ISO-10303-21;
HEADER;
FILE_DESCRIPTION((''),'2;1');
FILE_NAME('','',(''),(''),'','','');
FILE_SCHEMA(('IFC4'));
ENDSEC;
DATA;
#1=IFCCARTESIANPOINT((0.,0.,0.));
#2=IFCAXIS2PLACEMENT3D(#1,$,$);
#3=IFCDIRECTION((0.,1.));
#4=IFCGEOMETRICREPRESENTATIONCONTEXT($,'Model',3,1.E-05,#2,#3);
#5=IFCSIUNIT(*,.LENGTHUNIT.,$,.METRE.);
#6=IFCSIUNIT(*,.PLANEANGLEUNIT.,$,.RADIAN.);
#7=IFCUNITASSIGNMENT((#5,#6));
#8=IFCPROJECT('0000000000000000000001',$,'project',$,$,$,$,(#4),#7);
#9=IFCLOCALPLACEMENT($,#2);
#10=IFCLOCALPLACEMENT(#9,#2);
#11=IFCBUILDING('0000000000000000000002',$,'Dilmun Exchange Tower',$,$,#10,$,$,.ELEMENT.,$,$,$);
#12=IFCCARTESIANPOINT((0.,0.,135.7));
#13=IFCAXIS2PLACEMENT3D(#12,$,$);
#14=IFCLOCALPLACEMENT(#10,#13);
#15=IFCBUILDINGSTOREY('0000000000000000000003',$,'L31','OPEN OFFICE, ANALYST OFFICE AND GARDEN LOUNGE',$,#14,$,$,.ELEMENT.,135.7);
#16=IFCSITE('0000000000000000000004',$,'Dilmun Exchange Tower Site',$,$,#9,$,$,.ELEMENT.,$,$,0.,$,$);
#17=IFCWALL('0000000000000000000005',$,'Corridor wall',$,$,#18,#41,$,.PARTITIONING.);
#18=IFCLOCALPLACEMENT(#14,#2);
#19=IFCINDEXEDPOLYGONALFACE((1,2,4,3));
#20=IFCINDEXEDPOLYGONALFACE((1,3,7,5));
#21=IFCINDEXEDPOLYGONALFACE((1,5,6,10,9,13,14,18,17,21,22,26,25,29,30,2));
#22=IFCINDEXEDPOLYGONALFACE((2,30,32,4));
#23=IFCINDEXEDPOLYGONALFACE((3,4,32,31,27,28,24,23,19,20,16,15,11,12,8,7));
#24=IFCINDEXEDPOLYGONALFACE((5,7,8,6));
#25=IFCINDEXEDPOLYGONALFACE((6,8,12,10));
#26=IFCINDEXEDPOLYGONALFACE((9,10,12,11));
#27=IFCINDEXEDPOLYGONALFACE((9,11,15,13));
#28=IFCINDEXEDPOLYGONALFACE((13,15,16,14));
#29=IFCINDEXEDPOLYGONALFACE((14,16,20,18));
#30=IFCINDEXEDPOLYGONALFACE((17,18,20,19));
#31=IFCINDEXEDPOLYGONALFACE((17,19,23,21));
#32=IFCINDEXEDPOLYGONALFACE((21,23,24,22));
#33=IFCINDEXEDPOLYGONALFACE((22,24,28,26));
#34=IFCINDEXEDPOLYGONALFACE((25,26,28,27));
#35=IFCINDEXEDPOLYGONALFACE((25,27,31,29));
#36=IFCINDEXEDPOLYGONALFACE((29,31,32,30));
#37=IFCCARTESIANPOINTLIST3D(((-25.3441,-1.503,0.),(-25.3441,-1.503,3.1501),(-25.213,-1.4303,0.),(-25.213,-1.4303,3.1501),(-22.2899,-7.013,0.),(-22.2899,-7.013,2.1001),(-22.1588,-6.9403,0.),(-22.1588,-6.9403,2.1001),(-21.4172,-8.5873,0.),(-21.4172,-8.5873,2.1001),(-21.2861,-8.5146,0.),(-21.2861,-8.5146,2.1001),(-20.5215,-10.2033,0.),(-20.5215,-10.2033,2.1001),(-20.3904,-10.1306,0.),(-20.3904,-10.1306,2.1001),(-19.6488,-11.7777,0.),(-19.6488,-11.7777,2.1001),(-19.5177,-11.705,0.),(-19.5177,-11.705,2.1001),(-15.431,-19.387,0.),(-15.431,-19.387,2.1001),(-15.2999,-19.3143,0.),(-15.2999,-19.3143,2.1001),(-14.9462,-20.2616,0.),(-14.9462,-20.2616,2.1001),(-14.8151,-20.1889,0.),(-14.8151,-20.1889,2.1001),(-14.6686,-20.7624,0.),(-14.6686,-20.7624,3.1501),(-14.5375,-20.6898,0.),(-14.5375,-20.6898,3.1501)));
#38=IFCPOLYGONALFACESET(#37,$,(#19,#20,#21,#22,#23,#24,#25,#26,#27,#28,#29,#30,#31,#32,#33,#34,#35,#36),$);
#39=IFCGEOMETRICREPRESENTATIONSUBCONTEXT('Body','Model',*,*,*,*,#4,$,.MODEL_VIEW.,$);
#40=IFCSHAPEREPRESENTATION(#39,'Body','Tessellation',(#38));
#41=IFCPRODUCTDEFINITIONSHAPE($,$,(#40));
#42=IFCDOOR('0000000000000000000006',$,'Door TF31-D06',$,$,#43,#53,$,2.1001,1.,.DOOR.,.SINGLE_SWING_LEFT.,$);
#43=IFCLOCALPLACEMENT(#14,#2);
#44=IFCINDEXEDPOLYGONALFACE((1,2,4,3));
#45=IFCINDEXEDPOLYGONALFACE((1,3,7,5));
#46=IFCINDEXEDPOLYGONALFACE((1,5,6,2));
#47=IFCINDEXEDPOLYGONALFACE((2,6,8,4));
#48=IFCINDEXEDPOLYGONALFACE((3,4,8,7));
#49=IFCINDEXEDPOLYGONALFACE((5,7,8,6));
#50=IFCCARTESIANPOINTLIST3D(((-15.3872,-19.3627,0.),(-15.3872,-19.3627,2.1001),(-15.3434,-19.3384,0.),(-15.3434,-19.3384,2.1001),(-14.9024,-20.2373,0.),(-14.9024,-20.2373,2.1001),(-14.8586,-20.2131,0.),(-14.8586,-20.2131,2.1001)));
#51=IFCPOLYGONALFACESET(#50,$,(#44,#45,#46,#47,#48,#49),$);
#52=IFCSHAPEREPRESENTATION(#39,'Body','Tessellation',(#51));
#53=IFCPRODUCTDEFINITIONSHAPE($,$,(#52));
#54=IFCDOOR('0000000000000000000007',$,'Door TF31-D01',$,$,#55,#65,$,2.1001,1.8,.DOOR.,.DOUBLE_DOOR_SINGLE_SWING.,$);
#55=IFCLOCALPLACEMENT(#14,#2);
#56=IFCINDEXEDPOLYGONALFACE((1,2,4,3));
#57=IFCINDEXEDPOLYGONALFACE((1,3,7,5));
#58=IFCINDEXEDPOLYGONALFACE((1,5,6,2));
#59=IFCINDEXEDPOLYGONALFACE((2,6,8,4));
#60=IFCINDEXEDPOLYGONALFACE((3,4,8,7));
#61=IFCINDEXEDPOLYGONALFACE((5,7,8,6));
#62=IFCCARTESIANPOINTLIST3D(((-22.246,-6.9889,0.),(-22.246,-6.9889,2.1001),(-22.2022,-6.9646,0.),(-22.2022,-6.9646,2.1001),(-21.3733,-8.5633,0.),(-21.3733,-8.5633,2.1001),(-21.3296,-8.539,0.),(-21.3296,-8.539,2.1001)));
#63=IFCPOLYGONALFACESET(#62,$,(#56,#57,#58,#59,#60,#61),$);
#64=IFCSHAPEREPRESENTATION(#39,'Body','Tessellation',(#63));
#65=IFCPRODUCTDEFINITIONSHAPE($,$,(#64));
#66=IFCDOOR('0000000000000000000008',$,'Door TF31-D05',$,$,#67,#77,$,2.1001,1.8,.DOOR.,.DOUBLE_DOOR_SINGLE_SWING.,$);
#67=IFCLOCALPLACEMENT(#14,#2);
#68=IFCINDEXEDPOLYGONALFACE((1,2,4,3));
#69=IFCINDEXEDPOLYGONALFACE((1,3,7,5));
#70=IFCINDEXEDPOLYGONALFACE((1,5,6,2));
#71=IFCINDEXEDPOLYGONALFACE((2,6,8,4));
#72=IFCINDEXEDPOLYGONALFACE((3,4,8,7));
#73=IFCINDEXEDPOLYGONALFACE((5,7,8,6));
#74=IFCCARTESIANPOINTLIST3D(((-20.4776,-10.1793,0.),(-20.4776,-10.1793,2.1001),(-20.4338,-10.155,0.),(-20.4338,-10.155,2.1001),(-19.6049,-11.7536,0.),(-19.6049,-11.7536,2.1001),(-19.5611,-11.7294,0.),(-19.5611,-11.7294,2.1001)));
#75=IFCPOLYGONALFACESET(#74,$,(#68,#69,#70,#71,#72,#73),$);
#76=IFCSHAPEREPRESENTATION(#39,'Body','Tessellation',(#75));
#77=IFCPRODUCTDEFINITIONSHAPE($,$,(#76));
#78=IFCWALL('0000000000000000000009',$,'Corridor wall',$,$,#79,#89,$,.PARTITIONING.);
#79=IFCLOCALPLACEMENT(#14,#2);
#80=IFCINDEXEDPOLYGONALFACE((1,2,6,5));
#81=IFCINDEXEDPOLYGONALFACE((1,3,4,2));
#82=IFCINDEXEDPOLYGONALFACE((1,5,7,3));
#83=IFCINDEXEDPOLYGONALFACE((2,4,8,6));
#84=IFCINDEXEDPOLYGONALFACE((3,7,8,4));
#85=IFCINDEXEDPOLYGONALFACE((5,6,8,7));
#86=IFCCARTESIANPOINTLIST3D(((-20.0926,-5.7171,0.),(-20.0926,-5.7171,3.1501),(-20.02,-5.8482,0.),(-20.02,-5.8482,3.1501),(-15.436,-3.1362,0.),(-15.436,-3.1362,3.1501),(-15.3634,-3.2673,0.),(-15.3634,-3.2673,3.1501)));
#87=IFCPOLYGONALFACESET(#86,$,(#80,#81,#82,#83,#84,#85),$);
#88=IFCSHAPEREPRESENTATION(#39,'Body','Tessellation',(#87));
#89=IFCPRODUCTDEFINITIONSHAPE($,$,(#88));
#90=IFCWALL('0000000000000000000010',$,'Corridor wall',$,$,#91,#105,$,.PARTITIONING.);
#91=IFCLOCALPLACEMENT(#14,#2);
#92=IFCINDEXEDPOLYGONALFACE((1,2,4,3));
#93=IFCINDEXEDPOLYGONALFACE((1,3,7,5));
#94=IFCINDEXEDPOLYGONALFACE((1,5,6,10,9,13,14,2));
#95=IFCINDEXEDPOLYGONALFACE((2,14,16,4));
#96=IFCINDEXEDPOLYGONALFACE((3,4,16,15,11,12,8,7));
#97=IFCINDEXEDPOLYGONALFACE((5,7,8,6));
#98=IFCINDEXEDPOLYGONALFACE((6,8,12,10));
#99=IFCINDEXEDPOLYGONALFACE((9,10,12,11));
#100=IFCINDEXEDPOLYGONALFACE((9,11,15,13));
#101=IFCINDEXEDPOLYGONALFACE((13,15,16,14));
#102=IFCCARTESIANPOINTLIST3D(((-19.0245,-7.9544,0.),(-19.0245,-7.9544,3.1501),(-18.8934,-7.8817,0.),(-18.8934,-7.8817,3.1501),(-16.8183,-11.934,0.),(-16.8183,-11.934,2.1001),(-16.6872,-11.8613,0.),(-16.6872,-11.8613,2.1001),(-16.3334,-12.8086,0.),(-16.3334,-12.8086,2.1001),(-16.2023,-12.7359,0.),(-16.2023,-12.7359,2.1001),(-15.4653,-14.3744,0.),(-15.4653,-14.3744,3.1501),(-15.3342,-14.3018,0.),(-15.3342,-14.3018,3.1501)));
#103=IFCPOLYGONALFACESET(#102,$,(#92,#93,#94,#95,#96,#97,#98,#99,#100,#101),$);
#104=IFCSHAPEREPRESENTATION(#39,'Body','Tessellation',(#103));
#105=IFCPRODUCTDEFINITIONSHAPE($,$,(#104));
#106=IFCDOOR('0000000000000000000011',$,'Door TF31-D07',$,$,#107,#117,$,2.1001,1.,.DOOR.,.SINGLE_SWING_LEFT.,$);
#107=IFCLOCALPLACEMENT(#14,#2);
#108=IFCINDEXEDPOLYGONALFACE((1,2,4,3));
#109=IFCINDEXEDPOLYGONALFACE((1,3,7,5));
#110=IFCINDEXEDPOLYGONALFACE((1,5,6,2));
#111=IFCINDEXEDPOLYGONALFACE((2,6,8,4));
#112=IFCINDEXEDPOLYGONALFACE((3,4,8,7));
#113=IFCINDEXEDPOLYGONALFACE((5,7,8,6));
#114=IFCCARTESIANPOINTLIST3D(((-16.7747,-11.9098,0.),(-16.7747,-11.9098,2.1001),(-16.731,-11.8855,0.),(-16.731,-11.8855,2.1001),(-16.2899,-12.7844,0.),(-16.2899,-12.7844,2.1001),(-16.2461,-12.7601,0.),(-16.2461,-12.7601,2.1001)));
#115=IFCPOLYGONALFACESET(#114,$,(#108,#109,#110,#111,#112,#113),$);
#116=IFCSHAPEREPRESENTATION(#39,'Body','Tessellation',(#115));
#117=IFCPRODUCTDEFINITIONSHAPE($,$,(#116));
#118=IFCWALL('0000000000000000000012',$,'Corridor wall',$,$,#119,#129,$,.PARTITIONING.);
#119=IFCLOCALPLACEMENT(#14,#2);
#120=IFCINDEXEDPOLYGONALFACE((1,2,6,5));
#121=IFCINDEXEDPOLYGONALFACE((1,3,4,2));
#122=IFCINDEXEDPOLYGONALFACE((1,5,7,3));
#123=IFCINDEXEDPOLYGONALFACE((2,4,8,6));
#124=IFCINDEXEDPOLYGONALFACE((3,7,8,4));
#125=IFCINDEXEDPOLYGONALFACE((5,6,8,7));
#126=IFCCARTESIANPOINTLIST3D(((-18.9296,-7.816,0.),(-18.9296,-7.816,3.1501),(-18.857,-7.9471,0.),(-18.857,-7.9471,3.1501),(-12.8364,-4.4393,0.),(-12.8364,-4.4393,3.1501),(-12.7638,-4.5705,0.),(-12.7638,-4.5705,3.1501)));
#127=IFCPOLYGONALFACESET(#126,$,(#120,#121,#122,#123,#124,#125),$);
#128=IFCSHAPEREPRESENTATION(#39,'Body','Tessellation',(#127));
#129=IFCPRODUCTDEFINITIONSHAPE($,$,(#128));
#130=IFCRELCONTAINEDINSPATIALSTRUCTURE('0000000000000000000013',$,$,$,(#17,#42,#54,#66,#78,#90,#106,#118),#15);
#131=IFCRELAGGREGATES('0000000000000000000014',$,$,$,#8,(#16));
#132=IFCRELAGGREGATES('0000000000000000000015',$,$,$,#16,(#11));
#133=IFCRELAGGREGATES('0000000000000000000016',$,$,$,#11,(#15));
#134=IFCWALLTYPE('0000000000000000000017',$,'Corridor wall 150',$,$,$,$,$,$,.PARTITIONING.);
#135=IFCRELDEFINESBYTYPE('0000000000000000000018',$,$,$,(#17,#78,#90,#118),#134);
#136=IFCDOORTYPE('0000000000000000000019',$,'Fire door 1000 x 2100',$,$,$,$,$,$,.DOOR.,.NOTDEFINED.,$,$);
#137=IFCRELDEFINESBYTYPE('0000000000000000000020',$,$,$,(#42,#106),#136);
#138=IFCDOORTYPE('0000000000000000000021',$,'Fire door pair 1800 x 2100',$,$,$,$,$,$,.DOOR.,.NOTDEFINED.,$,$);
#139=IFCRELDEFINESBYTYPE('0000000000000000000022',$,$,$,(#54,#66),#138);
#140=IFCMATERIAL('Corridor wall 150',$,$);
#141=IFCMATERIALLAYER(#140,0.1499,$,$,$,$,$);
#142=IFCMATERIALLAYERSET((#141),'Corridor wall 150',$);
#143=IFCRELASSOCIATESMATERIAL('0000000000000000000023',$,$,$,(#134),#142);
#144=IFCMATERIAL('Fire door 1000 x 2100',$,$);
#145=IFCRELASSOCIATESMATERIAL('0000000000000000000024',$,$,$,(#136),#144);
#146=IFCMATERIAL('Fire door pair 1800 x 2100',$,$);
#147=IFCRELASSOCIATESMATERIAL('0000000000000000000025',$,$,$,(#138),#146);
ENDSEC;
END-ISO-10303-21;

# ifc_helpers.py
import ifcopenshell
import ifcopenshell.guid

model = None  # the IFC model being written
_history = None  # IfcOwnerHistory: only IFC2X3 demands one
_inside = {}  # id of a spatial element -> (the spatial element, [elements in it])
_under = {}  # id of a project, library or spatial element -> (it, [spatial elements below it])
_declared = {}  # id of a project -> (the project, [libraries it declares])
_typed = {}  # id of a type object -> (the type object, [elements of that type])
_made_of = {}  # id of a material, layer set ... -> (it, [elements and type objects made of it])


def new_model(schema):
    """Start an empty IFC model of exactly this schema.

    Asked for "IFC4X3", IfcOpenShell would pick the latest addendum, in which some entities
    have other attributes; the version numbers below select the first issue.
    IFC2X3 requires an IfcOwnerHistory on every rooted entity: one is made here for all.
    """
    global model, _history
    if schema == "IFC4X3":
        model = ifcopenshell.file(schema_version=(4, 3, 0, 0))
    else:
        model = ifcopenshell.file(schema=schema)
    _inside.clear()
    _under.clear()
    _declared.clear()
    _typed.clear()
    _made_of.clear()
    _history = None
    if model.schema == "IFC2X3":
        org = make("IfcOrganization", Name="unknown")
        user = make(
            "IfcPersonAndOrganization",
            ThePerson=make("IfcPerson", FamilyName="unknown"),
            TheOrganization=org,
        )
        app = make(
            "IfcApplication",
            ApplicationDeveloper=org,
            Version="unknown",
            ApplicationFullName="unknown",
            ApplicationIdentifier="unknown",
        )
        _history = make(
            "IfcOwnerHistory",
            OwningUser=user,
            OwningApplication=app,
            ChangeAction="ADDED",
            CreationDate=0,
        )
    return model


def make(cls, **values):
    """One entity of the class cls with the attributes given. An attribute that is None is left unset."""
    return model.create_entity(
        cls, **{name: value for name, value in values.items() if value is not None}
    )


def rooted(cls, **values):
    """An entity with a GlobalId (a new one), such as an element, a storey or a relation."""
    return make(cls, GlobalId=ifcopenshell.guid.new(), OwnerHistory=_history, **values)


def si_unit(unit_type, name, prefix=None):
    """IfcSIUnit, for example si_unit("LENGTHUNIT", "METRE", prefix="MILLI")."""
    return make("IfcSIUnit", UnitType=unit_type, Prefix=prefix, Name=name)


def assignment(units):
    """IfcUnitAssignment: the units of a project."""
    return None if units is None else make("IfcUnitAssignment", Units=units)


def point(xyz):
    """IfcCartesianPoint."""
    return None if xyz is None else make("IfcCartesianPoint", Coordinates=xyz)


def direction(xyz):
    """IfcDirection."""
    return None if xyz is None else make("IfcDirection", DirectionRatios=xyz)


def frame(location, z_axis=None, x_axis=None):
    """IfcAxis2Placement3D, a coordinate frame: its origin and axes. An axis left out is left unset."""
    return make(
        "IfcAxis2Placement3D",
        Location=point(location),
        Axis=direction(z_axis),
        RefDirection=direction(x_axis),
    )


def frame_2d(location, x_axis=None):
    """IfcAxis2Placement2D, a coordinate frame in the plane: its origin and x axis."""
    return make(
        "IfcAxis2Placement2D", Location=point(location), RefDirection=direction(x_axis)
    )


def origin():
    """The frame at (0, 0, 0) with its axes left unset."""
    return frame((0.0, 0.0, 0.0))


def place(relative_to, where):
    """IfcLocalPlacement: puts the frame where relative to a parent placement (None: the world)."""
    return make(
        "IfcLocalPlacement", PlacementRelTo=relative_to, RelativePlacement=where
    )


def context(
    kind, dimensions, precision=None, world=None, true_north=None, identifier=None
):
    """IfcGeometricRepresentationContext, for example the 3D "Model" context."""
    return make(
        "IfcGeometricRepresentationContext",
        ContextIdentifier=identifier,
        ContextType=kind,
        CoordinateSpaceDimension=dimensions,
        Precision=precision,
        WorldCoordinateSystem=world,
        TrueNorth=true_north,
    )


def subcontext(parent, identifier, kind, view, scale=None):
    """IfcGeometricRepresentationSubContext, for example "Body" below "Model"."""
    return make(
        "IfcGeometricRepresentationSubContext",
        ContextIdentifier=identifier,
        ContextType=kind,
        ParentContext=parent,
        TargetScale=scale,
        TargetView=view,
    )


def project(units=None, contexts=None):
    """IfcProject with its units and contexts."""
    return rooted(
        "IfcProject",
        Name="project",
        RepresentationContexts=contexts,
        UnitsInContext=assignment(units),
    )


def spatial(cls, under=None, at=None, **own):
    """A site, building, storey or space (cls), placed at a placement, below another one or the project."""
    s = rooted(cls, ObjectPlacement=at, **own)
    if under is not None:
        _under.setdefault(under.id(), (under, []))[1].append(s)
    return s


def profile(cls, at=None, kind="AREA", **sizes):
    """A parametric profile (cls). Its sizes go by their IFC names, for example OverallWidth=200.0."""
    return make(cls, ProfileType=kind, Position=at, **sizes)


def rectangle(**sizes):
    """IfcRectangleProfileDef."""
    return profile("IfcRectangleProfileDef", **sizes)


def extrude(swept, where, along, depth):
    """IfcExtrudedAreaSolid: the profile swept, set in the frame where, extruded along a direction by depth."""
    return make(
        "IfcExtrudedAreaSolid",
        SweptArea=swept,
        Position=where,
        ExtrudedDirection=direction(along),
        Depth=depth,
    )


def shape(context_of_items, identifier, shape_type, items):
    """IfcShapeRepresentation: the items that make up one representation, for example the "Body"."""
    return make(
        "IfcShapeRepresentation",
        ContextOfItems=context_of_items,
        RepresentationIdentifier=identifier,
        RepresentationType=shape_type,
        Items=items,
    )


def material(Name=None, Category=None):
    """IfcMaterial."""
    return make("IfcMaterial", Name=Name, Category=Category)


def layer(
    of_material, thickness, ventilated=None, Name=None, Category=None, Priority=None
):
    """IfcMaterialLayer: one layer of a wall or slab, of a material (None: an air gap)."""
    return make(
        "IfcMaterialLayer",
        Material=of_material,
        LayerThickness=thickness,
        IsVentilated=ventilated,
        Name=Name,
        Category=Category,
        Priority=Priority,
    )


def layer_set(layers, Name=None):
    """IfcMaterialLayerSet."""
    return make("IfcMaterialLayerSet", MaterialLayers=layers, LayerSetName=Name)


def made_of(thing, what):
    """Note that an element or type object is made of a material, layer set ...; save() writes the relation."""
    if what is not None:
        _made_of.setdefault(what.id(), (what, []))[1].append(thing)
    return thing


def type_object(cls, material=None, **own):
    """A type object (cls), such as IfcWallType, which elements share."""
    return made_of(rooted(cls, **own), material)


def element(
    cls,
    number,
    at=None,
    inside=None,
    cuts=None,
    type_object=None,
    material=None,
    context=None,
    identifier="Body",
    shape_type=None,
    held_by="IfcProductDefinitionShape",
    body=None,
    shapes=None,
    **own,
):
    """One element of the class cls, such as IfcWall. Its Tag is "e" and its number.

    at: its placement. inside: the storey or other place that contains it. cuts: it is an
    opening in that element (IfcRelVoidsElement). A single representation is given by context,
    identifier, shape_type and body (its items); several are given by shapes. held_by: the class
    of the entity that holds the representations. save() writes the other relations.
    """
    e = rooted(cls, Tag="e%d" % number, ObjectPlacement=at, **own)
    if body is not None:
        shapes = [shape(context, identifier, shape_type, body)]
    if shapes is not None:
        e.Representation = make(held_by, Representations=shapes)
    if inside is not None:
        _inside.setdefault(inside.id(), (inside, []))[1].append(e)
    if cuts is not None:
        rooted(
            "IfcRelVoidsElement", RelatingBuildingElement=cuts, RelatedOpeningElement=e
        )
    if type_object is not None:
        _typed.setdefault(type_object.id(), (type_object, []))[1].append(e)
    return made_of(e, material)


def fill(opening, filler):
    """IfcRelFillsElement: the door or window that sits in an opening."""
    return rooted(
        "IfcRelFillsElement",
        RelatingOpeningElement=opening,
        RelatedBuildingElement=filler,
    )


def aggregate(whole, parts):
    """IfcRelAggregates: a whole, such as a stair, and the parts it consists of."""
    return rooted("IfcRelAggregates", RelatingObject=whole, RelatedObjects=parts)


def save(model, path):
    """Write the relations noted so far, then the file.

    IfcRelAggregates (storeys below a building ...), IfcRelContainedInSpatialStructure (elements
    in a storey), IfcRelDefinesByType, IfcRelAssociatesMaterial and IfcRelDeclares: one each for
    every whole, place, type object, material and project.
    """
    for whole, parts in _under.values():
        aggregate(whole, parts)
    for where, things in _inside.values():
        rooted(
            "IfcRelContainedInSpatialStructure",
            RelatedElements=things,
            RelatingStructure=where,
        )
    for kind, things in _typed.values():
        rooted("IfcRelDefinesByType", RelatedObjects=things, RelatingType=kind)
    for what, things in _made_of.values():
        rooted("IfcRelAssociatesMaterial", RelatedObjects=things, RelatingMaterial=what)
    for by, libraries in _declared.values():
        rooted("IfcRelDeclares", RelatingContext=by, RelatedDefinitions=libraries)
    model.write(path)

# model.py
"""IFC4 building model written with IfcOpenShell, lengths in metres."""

from ifc_helpers import new_model, si_unit, direction, frame, frame_2d, origin, place, context, subcontext, project, spatial, rectangle, extrude, material, layer, layer_set, type_object, element, fill, save


model = new_model("IFC4")

# Units and contexts
model_context = context("Model", 3, precision=1e-05, world=origin(), true_north=direction((0.0, 1.0)))
body_context = subcontext(model_context, "Body", "Model", "MODEL_VIEW")
ifc_project = project(units=[si_unit("LENGTHUNIT", "METRE"), si_unit("PLANEANGLEUNIT", "RADIAN")], contexts=[model_context])

# Site, building, storey
site_placement = place(None, origin())
site = spatial("IfcSite", under=ifc_project, at=site_placement, Name="Dilmun Exchange Tower Site", CompositionType="ELEMENT", RefElevation=0.0)
building_placement = place(site_placement, origin())
building = spatial("IfcBuilding", under=site, at=building_placement, Name="Dilmun Exchange Tower", CompositionType="ELEMENT")
storey_placement = place(building_placement, frame((0.0, 0.0, 135.7)))
storey = spatial("IfcBuildingStorey", under=building, at=storey_placement, Name="L31", Description="OPEN OFFICE, ANALYST OFFICE AND GARDEN LOUNGE", CompositionType="ELEMENT", Elevation=135.7)

# Shared definitions
ifc_material_1 = material(Name="Corridor wall 150")
ifc_layer_1 = layer(ifc_material_1, 0.1499)
ifc_layer_set_1 = layer_set([ifc_layer_1], Name="Corridor wall 150")
wall_type_1 = type_object("IfcWallType", Name="Corridor wall 150", PredefinedType="PARTITIONING", material=ifc_layer_set_1)

# Wall, openings, doors
wall_1_placement = place(storey_placement, frame((-25.2786, -1.4666, 0.0), z_axis=(0.0, 0.0, 1.0), x_axis=(0.484803, -0.874623, 0.0)))
wall_1 = element("IfcWall", 1, at=wall_1_placement, inside=storey, type_object=wall_type_1, Name="Corridor wall", PredefinedType="PARTITIONING", context=body_context, shape_type="SweptSolid", body=[
    extrude(rectangle(XDim=22.0203, YDim=0.1499, at=frame_2d((11.0103, 0.0))), origin(), (0.0, 0.0, 1.0), 3.1501),
])
opening_1_placement = place(wall_1_placement, frame((6.3, 0.0, 0.0)))
opening_1 = element("IfcOpeningElement", 2, at=opening_1_placement, cuts=wall_1, PredefinedType="OPENING", context=body_context, shape_type="SweptSolid", body=[
    extrude(rectangle(XDim=1.8, YDim=2.1001, at=frame_2d((0.8999, 1.05))), frame((0.0, 0.085, 0.0), z_axis=(0.0, -1.0, 0.0), x_axis=(1.0, 0.0, 0.0)), (0.0, 0.0, 1.0), 0.1699),
])
opening_2_placement = place(wall_1_placement, frame((9.9478, 0.0, 0.0)))
opening_2 = element("IfcOpeningElement", 3, at=opening_2_placement, cuts=wall_1, PredefinedType="OPENING", context=body_context, shape_type="SweptSolid", body=[
    extrude(rectangle(XDim=1.8, YDim=2.1001, at=frame_2d((0.8999, 1.05))), frame((0.0, 0.085, 0.0), z_axis=(0.0, -1.0, 0.0), x_axis=(1.0, 0.0, 0.0)), (0.0, 0.0, 1.0), 0.1699),
])
opening_3_placement = place(wall_1_placement, frame((20.4478, 0.0, 0.0)))
opening_3 = element("IfcOpeningElement", 4, at=opening_3_placement, cuts=wall_1, PredefinedType="OPENING", context=body_context, shape_type="SweptSolid", body=[
    extrude(rectangle(XDim=1.0, YDim=2.1001, at=frame_2d((0.5, 1.05))), frame((0.0, 0.085, 0.0), z_axis=(0.0, -1.0, 0.0), x_axis=(1.0, 0.0, 0.0)), (0.0, 0.0, 1.0), 0.1699),
])
ifc_material_2 = material(Name="Fire door 1000 x 2100")
door_type_1 = type_object("IfcDoorType", Name="Fire door 1000 x 2100", OperationType="NOTDEFINED", PredefinedType="DOOR", material=ifc_material_2)
door_1_placement = place(opening_3_placement, frame((1.0, 0.0, 0.0), z_axis=(0.0, 0.0, 1.0), x_axis=(-1.0, 0.0, 0.0)))
door_1 = element("IfcDoor", 5, at=door_1_placement, inside=storey, type_object=door_type_1, Name="Door TF31-D06", OperationType="SINGLE_SWING_LEFT", OverallHeight=2.1001, OverallWidth=1.0, PredefinedType="DOOR", context=body_context, shape_type="SweptSolid", body=[
    extrude(rectangle(XDim=1.0, YDim=2.1001, at=frame_2d((0.5, 1.05))), frame((0.0, 0.0249, 0.0), z_axis=(0.0, -1.0, 0.0), x_axis=(1.0, 0.0, 0.0)), (0.0, 0.0, 1.0), 0.05),
])
fill(opening_3, door_1)
ifc_material_3 = material(Name="Fire door pair 1800 x 2100")
door_type_2 = type_object("IfcDoorType", Name="Fire door pair 1800 x 2100", OperationType="NOTDEFINED", PredefinedType="DOOR", material=ifc_material_3)
door_2_placement = place(opening_1_placement, frame((1.8, 0.0, 0.0), z_axis=(0.0, 0.0, 1.0), x_axis=(-1.0, 0.0, 0.0)))
door_2 = element("IfcDoor", 6, at=door_2_placement, inside=storey, type_object=door_type_2, Name="Door TF31-D01", OperationType="DOUBLE_DOOR_SINGLE_SWING", OverallHeight=2.1001, OverallWidth=1.8, PredefinedType="DOOR", context=body_context, shape_type="SweptSolid", body=[
    extrude(rectangle(XDim=1.8, YDim=2.1001, at=frame_2d((0.8999, 1.05))), frame((0.0, 0.0249, 0.0), z_axis=(0.0, -1.0, 0.0), x_axis=(1.0, 0.0, 0.0)), (0.0, 0.0, 1.0), 0.05),
])
fill(opening_1, door_2)
door_3_placement = place(opening_2_placement, frame((1.8, 0.0, 0.0), z_axis=(0.0, 0.0, 1.0), x_axis=(-1.0, 0.0, 0.0)))
door_3 = element("IfcDoor", 7, at=door_3_placement, inside=storey, type_object=door_type_2, Name="Door TF31-D05", OperationType="DOUBLE_DOOR_SINGLE_SWING", OverallHeight=2.1001, OverallWidth=1.8, PredefinedType="DOOR", context=body_context, shape_type="SweptSolid", body=[
    extrude(rectangle(XDim=1.8, YDim=2.1001, at=frame_2d((0.8999, 1.05))), frame((0.0, 0.0249, 0.0), z_axis=(0.0, -1.0, 0.0), x_axis=(1.0, 0.0, 0.0)), (0.0, 0.0, 1.0), 0.05),
])
fill(opening_2, door_3)

# Wall
wall_2_placement = place(storey_placement, frame((-20.0564, -5.7827, 0.0), z_axis=(0.0, 0.0, 1.0), x_axis=(0.874646, 0.484763, 0.0)))
element("IfcWall", 8, at=wall_2_placement, inside=storey, type_object=wall_type_1, Name="Corridor wall", PredefinedType="PARTITIONING", context=body_context, shape_type="SweptSolid", body=[
    extrude(rectangle(XDim=5.324, YDim=0.1499, at=frame_2d((2.6621, 0.0))), origin(), (0.0, 0.0, 1.0), 3.1501),
])

# Wall, opening, door
wall_3_placement = place(storey_placement, frame((-18.959, -7.918, 0.0), z_axis=(0.0, 0.0, 1.0), x_axis=(0.484858, -0.874593, 0.0)))
wall_3 = element("IfcWall", 9, at=wall_3_placement, inside=storey, type_object=wall_type_1, Name="Corridor wall", PredefinedType="PARTITIONING", context=body_context, shape_type="SweptSolid", body=[
    extrude(rectangle(XDim=7.3406, YDim=0.1499, at=frame_2d((3.6704, 0.0))), origin(), (0.0, 0.0, 1.0), 3.1501),
])
opening_4_placement = place(wall_3_placement, frame((4.5503, 0.0, 0.0)))
opening_4 = element("IfcOpeningElement", 10, at=opening_4_placement, cuts=wall_3, PredefinedType="OPENING", context=body_context, shape_type="SweptSolid", body=[
    extrude(rectangle(XDim=1.0, YDim=2.1001, at=frame_2d((0.5, 1.05))), frame((0.0, 0.085, 0.0), z_axis=(0.0, -1.0, 0.0), x_axis=(1.0, 0.0, 0.0)), (0.0, 0.0, 1.0), 0.1699),
])
door_4_placement = place(opening_4_placement, origin())
door_4 = element("IfcDoor", 11, at=door_4_placement, inside=storey, type_object=door_type_1, Name="Door TF31-D07", OperationType="SINGLE_SWING_LEFT", OverallHeight=2.1001, OverallWidth=1.0, PredefinedType="DOOR", context=body_context, shape_type="SweptSolid", body=[
    extrude(rectangle(XDim=1.0, YDim=2.1001, at=frame_2d((0.5, 1.05))), frame((0.0, 0.0249, 0.0), z_axis=(0.0, -1.0, 0.0), x_axis=(1.0, 0.0, 0.0)), (0.0, 0.0, 1.0), 0.05),
])
fill(opening_4, door_4)

# Wall
wall_4_placement = place(storey_placement, frame((-18.8933, -7.8816, 0.0), z_axis=(0.0, 0.0, 1.0), x_axis=(0.874671, 0.484717, 0.0)))
element("IfcWall", 12, at=wall_4_placement, inside=storey, type_object=wall_type_1, Name="Corridor wall", PredefinedType="PARTITIONING", context=body_context, shape_type="SweptSolid", body=[
    extrude(rectangle(XDim=6.9663, YDim=0.1499, at=frame_2d((3.4832, 0.0))), origin(), (0.0, 0.0, 1.0), 3.1501),
])

save(model, "model.ifc")
